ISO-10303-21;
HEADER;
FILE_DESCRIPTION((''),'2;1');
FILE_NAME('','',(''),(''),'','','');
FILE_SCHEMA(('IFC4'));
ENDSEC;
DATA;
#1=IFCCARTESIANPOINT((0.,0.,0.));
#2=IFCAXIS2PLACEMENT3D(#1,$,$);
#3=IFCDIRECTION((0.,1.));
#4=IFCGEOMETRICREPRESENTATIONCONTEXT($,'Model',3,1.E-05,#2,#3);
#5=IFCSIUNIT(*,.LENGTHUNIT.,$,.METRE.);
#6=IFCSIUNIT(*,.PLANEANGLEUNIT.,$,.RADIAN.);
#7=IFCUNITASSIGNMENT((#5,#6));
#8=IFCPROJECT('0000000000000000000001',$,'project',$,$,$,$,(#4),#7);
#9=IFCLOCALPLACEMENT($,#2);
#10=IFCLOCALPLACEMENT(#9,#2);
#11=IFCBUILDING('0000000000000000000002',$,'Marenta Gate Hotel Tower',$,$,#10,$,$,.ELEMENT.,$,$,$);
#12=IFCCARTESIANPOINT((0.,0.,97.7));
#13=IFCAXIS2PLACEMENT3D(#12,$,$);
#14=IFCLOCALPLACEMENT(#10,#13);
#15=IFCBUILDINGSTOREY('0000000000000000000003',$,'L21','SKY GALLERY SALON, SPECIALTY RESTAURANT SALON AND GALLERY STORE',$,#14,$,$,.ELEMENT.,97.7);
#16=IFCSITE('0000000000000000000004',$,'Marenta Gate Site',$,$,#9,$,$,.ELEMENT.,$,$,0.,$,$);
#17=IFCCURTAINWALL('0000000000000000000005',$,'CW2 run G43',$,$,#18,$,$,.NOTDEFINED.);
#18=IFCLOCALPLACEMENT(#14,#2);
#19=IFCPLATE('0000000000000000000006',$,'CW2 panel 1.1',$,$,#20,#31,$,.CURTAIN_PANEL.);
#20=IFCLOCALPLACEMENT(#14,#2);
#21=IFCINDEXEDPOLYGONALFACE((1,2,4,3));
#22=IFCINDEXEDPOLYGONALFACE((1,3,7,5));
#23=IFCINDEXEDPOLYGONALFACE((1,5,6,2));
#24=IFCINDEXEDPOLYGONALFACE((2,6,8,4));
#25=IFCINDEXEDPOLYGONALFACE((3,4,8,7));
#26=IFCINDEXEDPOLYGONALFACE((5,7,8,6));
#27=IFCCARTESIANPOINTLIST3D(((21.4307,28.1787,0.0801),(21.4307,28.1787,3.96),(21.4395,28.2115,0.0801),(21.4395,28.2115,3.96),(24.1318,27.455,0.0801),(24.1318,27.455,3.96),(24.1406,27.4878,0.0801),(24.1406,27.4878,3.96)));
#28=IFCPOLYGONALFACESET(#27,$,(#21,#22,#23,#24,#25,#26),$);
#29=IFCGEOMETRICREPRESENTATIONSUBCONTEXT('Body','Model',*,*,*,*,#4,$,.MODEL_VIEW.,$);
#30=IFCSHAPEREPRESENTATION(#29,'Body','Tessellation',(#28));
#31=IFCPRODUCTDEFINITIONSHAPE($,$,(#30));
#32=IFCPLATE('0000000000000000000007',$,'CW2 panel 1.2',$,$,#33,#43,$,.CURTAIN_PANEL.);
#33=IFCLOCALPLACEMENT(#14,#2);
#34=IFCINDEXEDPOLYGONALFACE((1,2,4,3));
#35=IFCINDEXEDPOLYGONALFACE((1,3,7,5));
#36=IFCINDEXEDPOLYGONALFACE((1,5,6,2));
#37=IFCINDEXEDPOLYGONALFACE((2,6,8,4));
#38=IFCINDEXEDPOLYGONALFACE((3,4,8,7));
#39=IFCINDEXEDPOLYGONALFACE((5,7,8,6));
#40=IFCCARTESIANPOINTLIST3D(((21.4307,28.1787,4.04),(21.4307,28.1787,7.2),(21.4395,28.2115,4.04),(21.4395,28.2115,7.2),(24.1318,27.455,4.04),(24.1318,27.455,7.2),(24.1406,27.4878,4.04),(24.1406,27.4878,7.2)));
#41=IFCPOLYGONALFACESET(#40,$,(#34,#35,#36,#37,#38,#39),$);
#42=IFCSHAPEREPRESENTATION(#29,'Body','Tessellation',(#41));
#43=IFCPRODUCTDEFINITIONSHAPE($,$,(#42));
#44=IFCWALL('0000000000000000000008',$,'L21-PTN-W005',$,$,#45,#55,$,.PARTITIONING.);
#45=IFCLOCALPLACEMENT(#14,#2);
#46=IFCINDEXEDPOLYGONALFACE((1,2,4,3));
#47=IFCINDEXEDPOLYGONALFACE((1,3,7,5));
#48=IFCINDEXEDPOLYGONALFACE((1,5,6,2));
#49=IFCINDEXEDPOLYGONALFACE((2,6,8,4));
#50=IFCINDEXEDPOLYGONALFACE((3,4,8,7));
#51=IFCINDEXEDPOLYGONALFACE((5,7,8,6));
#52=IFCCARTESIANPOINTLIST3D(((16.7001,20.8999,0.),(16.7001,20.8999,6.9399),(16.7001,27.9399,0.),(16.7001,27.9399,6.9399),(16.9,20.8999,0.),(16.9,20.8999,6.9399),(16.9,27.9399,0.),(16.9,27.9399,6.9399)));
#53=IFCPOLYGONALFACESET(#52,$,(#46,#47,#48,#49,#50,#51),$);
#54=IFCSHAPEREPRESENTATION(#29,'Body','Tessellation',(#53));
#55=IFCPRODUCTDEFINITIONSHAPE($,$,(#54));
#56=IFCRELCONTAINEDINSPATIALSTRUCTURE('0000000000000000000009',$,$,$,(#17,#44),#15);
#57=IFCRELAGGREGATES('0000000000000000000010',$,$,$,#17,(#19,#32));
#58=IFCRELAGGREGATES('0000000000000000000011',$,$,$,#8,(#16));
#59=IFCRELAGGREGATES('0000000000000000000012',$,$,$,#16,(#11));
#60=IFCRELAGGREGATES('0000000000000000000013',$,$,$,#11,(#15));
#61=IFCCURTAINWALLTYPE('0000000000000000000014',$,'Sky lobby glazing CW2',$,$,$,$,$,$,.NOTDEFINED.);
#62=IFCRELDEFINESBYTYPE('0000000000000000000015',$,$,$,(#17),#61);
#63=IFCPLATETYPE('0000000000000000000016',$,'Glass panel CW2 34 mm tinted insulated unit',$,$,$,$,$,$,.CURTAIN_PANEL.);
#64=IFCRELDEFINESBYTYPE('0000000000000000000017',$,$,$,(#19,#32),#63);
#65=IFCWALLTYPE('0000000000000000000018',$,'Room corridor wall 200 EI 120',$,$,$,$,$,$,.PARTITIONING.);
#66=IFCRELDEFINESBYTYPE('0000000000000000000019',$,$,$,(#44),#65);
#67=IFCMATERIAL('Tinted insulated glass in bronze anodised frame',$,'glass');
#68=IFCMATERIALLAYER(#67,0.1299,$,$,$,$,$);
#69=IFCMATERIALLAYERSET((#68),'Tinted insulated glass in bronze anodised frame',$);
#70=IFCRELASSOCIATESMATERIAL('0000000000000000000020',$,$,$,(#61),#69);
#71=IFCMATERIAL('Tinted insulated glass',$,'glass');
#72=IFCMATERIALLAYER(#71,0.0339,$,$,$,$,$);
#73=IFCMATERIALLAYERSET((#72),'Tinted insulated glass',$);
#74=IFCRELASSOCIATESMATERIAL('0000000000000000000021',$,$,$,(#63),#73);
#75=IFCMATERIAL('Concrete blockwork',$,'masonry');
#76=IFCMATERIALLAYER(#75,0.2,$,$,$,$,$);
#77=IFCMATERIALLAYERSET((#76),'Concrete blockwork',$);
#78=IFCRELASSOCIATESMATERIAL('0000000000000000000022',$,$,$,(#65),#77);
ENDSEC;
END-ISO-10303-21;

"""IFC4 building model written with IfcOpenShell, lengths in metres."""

from ifc_helpers import new_model, si_unit, direction, frame, frame_2d, origin, origin_2d, place, context, subcontext, project, spatial, rectangle, extrude, material, layer, layer_set, type_object, element, aggregate, save


model = new_model("IFC4")

# Units and contexts
model_context = context("Model", 3, precision=1e-05, world=origin(), true_north=direction((0.0, 1.0)))
body_context = subcontext(model_context, "Body", "Model", "MODEL_VIEW")
ifc_project = project(units=[si_unit("LENGTHUNIT", "METRE"), si_unit("PLANEANGLEUNIT", "RADIAN")], contexts=[model_context])

# Site, building, storey
site_placement = place(None, origin())
site = spatial("IfcSite", under=ifc_project, at=site_placement, Name="Marenta Gate Site", CompositionType="ELEMENT", RefElevation=0.0)
building_placement = place(site_placement, origin())
building = spatial("IfcBuilding", under=site, at=building_placement, Name="Marenta Gate Hotel Tower", CompositionType="ELEMENT")
storey_placement = place(building_placement, frame((0.0, 0.0, 97.7)))
storey = spatial("IfcBuildingStorey", under=building, at=storey_placement, Name="L21", Description="SKY GALLERY SALON, SPECIALTY RESTAURANT SALON AND GALLERY STORE", CompositionType="ELEMENT", Elevation=97.7)

# Curtain wall, plates
ifc_material_1 = material(Name="Tinted insulated glass in bronze anodised frame", Category="glass")
ifc_layer_1 = layer(ifc_material_1, 0.1299)
ifc_layer_set_1 = layer_set([ifc_layer_1], Name="Tinted insulated glass in bronze anodised frame")
curtain_wall_type = type_object("IfcCurtainWallType", Name="Sky lobby glazing CW2", PredefinedType="NOTDEFINED", material=ifc_layer_set_1)
curtain_wall_placement = place(storey_placement, origin())
curtain_wall = element("IfcCurtainWall", 1, at=curtain_wall_placement, inside=storey, type_object=curtain_wall_type, Name="CW2 run G43", PredefinedType="NOTDEFINED")
ifc_material_2 = material(Name="Tinted insulated glass", Category="glass")
ifc_layer_2 = layer(ifc_material_2, 0.0339)
ifc_layer_set_2 = layer_set([ifc_layer_2], Name="Tinted insulated glass")
plate_type = type_object("IfcPlateType", Name="Glass panel CW2 34 mm tinted insulated unit", PredefinedType="CURTAIN_PANEL", material=ifc_layer_set_2)
plate_1_placement = place(storey_placement, frame((22.7856, 27.8333, 0.0801), z_axis=(0.0, 0.0, 1.0), x_axis=(-0.965933, 0.258793, 0.0)))
plate_1 = element("IfcPlate", 2, at=plate_1_placement, type_object=plate_type, Name="CW2 panel 1.1", PredefinedType="CURTAIN_PANEL", context=body_context, shape_type="SweptSolid", body=[
    extrude(rectangle(XDim=2.7964, YDim=0.0339, at=origin_2d()), origin(), (0.0, 0.0, 1.0), 3.8799),
])
plate_2_placement = place(storey_placement, frame((22.7856, 27.8333, 4.04), z_axis=(0.0, 0.0, 1.0), x_axis=(-0.965933, 0.258793, 0.0)))
plate_2 = element("IfcPlate", 3, at=plate_2_placement, type_object=plate_type, Name="CW2 panel 1.2", PredefinedType="CURTAIN_PANEL", context=body_context, shape_type="SweptSolid", body=[
    extrude(rectangle(XDim=2.7964, YDim=0.0339, at=origin_2d()), origin(), (0.0, 0.0, 1.0), 3.1599),
])
aggregate(curtain_wall, [plate_1, plate_2])

# Wall
ifc_material_3 = material(Name="Concrete blockwork", Category="masonry")
ifc_layer_3 = layer(ifc_material_3, 0.2)
ifc_layer_set_3 = layer_set([ifc_layer_3], Name="Concrete blockwork")
wall_type_1 = type_object("IfcWallType", Name="Room corridor wall 200 EI 120", PredefinedType="PARTITIONING", material=ifc_layer_set_3)
wall_1_placement = place(storey_placement, frame((16.8, 20.8999, 0.0), z_axis=(0.0, 0.0, 1.0), x_axis=(0.0, 1.0, 0.0)))
element("IfcWall", 4, at=wall_1_placement, inside=storey, type_object=wall_type_1, Name="L21-PTN-W005", PredefinedType="PARTITIONING", context=body_context, shape_type="SweptSolid", body=[
    extrude(rectangle(XDim=7.04, YDim=0.2, at=frame_2d((3.52, 0.0))), origin(), (0.0, 0.0, 1.0), 6.9399),
])

save(model, "model.ifc")
